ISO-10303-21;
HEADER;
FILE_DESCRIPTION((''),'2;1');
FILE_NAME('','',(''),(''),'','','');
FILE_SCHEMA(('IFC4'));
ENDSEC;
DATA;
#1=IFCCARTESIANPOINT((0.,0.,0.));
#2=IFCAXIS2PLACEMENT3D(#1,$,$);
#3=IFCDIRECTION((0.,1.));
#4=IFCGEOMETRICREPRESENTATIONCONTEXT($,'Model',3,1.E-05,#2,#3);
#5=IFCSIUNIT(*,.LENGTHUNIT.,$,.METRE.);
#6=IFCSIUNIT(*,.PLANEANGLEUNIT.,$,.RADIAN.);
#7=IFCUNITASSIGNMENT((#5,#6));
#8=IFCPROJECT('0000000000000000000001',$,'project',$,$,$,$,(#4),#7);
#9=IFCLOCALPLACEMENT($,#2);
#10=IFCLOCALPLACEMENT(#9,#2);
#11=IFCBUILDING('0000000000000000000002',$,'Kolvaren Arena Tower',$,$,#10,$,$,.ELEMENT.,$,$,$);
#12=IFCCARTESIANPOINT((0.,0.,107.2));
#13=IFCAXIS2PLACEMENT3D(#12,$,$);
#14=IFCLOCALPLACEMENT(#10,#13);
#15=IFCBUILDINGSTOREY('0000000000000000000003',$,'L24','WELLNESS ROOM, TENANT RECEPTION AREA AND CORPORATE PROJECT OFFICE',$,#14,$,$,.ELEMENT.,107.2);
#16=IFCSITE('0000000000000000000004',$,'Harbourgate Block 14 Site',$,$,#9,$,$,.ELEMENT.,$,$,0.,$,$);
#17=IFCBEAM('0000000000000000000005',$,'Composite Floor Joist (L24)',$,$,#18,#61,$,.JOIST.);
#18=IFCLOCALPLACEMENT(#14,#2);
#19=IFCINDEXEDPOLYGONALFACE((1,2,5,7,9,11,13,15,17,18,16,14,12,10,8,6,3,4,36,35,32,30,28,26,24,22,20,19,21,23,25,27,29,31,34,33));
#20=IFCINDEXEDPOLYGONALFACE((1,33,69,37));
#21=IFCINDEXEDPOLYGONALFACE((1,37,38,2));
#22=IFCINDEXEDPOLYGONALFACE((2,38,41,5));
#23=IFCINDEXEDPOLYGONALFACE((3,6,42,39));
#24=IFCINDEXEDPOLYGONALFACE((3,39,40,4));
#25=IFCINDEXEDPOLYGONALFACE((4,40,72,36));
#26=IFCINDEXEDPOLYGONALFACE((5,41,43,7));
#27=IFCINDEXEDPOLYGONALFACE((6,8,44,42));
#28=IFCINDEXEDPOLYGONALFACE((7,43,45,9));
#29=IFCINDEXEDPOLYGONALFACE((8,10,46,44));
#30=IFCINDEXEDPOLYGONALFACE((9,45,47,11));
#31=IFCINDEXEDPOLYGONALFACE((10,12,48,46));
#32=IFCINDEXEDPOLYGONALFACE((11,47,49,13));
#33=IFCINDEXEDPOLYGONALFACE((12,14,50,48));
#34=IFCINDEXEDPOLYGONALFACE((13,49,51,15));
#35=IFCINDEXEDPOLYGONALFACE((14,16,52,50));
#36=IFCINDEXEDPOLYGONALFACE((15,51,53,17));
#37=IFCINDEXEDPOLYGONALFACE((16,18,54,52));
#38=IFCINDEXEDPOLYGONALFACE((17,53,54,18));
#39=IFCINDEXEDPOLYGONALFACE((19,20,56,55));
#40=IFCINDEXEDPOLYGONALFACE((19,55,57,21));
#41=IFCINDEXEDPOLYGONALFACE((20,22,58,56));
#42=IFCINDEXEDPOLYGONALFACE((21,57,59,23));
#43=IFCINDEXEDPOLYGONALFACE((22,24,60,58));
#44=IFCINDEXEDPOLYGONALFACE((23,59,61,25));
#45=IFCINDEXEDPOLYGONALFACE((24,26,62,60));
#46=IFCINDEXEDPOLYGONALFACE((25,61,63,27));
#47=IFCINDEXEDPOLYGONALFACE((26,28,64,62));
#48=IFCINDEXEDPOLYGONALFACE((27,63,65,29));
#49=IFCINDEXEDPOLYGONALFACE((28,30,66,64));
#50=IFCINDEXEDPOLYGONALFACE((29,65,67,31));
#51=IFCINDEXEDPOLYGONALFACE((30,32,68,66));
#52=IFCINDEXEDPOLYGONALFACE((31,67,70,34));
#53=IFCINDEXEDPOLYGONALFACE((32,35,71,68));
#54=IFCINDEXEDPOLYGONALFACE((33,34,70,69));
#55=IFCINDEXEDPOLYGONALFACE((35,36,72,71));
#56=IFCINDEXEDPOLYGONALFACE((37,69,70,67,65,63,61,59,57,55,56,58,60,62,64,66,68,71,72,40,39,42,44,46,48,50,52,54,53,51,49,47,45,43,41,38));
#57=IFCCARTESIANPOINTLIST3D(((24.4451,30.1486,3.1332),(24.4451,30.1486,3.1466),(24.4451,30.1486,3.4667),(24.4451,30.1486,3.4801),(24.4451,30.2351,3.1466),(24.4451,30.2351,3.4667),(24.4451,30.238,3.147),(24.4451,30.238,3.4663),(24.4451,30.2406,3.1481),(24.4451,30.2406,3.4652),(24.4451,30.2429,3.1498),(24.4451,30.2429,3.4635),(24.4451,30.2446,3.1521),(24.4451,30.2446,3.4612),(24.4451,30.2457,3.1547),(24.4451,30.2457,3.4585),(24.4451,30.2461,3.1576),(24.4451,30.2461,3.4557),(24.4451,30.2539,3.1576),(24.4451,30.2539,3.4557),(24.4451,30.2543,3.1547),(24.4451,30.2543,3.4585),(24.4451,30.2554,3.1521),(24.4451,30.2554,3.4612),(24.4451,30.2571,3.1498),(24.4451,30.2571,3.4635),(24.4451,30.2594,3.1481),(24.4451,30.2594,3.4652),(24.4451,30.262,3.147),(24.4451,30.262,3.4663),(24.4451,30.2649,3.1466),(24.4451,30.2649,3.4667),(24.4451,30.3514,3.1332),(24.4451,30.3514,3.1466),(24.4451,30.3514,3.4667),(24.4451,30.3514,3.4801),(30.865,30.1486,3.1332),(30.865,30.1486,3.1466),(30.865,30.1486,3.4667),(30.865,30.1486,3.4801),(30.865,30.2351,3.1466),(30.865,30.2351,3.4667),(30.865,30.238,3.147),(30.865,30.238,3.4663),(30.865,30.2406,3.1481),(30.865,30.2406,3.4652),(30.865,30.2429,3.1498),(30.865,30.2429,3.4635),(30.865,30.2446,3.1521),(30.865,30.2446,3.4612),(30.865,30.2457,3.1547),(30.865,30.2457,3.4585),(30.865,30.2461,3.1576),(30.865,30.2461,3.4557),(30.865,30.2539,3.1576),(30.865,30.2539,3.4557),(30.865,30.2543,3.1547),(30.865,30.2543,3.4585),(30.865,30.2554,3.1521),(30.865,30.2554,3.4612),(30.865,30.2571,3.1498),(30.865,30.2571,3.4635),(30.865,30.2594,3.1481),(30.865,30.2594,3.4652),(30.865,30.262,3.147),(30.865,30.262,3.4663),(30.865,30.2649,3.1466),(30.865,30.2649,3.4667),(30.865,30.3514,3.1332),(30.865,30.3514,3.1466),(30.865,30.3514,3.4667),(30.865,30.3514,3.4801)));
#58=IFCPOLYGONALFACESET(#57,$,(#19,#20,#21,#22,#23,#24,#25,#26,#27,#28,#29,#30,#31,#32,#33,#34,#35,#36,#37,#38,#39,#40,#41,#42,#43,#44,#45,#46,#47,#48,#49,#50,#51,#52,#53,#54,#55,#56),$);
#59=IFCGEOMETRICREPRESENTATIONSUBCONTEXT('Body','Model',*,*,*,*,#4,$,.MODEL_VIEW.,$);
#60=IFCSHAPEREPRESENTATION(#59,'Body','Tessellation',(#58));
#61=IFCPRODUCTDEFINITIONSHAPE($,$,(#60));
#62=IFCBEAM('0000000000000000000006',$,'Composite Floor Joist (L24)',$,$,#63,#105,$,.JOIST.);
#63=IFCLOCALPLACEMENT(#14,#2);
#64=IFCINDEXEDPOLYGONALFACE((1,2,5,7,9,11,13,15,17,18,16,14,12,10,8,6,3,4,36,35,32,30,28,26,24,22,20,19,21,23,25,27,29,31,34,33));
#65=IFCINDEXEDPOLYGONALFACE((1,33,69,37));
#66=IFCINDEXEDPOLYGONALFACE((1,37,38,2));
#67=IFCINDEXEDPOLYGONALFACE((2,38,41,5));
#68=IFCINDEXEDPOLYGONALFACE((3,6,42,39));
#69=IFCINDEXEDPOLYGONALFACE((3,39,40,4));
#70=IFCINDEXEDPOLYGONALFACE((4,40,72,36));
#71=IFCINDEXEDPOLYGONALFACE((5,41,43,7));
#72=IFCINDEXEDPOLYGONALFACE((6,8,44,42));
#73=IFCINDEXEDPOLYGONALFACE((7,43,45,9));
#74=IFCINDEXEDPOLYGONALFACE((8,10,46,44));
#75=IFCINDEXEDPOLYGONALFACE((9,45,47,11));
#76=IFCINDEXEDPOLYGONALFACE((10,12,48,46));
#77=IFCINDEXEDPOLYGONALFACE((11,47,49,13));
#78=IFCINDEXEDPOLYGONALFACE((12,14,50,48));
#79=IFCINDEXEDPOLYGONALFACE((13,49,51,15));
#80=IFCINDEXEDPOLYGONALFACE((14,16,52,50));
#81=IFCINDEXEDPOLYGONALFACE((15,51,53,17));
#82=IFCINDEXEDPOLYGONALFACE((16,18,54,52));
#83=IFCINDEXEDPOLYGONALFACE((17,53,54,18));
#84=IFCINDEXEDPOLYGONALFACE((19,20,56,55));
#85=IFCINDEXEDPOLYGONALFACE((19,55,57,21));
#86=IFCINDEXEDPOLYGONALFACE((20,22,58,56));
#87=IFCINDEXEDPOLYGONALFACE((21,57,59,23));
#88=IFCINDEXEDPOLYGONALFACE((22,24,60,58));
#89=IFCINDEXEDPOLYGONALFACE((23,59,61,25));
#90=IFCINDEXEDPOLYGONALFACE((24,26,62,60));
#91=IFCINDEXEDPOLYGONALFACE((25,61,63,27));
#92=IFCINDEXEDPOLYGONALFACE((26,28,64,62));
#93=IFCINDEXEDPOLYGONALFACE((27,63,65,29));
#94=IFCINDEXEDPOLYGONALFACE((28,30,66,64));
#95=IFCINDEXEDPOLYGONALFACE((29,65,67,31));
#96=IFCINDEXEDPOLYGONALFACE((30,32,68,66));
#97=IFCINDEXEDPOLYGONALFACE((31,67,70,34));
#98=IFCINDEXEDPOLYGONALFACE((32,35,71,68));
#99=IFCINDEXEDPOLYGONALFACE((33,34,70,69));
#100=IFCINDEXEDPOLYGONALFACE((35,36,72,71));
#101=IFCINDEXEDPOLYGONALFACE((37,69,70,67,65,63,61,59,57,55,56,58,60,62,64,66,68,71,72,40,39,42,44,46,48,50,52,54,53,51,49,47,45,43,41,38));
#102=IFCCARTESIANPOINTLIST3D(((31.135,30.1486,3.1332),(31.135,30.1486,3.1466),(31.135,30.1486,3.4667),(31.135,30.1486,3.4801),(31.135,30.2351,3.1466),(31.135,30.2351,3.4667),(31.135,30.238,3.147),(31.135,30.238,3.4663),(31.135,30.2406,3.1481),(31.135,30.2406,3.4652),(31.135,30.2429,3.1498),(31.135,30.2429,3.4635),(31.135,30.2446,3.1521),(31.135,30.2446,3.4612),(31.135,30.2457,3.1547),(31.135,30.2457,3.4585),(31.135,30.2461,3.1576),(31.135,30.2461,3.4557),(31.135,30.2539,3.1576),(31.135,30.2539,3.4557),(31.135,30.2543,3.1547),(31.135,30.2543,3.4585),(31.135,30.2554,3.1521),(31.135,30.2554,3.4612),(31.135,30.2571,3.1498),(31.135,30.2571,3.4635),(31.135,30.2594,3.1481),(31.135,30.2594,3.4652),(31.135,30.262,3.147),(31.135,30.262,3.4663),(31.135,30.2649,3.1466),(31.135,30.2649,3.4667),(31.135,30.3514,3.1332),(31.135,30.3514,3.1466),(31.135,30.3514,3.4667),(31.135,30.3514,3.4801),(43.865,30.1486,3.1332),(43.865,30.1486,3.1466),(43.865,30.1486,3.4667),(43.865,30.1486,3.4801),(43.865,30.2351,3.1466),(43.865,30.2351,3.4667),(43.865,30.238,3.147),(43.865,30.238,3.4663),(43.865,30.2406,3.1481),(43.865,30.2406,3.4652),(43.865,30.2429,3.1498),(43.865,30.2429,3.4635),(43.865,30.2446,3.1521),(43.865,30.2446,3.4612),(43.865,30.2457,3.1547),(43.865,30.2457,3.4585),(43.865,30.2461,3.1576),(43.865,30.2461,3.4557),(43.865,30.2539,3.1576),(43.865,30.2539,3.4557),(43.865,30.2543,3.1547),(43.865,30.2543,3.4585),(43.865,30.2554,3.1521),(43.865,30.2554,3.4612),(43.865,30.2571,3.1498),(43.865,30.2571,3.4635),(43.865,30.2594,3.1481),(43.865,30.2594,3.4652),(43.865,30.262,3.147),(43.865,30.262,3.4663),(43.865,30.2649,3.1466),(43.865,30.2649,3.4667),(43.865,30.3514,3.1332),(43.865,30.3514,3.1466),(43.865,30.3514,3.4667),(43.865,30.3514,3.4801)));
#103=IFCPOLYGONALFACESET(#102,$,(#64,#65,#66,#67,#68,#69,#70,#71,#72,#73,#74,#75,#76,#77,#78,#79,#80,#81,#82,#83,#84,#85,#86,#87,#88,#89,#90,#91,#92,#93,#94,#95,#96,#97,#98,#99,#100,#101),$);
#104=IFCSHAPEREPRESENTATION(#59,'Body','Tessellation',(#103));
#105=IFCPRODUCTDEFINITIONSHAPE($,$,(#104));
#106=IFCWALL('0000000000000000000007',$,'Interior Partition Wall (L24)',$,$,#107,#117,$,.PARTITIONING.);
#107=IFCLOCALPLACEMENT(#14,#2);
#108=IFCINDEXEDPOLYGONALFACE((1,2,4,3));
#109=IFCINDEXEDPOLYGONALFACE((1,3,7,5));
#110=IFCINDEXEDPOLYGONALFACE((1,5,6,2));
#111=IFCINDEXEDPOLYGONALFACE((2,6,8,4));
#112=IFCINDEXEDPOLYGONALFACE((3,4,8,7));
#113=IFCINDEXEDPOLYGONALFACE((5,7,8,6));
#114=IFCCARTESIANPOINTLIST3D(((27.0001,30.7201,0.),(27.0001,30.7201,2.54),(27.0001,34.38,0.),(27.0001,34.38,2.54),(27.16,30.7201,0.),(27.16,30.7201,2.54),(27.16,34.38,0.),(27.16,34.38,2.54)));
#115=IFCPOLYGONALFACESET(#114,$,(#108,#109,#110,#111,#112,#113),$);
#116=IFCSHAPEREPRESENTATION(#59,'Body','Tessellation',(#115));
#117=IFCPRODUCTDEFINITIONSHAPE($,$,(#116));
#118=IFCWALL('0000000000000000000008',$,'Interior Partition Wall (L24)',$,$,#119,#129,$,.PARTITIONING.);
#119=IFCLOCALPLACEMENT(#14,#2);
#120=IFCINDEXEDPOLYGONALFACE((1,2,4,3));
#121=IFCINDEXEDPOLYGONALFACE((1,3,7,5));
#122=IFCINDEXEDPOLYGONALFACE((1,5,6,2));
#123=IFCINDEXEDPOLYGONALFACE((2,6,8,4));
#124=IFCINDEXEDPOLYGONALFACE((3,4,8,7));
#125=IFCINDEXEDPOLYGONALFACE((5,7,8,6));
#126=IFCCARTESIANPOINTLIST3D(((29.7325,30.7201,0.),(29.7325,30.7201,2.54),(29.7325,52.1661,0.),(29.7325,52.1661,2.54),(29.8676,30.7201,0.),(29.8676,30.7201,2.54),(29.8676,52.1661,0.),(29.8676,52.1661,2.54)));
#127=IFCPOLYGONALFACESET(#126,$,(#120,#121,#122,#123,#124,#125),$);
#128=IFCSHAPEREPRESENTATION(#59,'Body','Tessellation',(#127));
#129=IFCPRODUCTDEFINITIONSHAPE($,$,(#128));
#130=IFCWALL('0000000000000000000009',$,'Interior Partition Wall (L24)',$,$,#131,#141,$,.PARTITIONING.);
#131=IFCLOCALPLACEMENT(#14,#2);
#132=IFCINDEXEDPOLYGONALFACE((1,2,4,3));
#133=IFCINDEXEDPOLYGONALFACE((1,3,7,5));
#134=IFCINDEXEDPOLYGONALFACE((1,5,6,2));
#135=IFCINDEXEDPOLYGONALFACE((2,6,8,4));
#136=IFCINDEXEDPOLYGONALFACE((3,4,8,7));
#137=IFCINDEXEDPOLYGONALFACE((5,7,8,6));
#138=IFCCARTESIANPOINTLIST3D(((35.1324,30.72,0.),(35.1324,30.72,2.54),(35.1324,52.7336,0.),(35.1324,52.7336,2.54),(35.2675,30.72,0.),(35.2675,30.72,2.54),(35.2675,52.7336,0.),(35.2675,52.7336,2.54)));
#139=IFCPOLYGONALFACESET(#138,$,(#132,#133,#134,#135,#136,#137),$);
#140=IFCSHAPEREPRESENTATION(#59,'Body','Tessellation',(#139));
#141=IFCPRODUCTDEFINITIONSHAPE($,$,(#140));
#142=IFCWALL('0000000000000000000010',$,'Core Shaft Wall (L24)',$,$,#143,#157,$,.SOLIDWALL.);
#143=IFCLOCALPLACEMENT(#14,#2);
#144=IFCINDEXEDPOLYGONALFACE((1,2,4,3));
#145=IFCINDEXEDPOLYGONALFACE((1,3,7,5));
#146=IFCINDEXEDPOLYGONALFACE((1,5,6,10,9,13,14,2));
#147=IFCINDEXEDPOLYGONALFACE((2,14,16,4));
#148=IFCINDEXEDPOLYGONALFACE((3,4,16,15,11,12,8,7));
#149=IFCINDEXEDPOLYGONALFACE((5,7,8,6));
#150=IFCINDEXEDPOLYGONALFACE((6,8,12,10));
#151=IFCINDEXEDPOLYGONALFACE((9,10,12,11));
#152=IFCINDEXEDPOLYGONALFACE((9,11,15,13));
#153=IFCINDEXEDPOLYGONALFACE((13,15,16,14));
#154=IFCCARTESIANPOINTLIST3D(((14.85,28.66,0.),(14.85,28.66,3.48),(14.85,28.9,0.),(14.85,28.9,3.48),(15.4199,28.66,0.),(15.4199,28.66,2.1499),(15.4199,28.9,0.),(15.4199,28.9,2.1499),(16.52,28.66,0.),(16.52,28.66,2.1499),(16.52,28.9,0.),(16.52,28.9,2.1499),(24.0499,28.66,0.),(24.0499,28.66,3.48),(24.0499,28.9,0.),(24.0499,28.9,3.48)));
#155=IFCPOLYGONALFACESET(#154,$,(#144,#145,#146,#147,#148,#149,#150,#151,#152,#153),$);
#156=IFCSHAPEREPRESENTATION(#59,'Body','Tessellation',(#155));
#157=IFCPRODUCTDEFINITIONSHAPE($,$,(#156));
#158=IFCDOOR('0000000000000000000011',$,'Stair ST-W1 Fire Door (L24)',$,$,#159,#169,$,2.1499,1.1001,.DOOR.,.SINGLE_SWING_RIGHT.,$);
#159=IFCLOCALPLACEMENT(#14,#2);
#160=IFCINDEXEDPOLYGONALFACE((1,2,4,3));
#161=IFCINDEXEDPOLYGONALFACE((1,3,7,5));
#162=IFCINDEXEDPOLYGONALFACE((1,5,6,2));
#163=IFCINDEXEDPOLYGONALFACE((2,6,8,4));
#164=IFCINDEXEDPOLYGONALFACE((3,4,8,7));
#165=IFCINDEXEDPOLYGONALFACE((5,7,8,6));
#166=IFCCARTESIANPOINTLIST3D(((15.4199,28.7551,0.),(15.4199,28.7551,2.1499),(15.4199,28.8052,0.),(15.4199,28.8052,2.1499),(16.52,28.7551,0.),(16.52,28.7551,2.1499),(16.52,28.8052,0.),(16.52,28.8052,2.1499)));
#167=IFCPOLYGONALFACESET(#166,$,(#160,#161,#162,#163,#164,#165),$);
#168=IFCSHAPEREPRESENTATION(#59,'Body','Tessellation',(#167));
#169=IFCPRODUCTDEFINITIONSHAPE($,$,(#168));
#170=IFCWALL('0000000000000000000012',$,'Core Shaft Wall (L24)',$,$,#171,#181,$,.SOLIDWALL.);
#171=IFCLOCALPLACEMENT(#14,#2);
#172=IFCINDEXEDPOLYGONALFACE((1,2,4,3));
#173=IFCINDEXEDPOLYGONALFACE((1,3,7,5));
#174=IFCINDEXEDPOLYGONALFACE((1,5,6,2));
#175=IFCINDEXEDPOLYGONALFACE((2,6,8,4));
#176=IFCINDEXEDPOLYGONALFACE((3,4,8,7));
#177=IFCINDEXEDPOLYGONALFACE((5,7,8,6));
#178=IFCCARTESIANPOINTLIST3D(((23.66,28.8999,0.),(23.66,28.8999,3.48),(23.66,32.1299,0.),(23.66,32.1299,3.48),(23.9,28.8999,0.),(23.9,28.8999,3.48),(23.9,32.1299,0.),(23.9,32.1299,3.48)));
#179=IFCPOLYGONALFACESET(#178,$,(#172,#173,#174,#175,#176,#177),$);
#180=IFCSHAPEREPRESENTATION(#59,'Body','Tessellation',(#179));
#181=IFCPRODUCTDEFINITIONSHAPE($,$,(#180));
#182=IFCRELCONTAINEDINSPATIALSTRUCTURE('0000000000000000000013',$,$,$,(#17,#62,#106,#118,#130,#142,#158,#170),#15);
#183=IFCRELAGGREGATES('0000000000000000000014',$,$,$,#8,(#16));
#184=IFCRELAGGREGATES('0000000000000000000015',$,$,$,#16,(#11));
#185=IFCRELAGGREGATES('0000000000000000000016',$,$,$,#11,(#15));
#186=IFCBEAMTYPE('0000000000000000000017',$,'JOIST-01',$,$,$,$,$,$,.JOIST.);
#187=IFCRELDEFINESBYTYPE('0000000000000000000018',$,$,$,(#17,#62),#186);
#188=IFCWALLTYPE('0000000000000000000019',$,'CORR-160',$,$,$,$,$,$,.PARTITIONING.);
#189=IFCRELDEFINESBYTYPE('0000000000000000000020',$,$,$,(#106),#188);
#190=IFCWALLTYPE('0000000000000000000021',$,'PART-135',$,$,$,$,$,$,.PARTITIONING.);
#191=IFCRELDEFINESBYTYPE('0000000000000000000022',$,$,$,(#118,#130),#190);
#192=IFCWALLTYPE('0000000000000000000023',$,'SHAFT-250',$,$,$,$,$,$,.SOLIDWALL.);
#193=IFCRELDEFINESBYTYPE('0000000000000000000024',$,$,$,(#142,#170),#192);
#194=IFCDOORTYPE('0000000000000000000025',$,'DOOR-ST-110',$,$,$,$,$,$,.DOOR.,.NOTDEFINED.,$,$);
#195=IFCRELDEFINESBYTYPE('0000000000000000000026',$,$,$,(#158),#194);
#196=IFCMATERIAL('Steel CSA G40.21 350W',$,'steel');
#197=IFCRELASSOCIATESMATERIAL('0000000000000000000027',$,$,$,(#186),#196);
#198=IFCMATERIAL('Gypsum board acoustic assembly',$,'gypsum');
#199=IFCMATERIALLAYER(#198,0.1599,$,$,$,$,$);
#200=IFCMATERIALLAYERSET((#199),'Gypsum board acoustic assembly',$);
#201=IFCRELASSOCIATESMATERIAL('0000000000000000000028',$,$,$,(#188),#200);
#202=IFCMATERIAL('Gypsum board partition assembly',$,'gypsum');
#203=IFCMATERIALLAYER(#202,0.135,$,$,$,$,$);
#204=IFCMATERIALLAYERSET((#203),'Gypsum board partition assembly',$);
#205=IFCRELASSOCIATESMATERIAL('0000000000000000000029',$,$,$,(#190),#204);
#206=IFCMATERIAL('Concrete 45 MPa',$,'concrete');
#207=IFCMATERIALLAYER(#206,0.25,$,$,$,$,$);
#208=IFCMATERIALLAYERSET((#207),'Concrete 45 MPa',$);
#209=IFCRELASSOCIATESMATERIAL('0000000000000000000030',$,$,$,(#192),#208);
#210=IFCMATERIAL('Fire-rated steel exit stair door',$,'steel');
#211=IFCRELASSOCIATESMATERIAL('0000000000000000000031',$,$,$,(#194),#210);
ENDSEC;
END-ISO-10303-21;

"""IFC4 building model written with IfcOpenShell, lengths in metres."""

from ifc_helpers import new_model, si_unit, direction, frame, frame_2d, origin, origin_2d, place, context, subcontext, project, spatial, rectangle, i_section, extrude, material, layer, layer_set, material_profile, profile_set, type_object, element, fill, save


model = new_model("IFC4")

# Units and contexts
model_context = context("Model", 3, precision=1e-05, world=origin(), true_north=direction((0.0, 1.0)))
body_context = subcontext(model_context, "Body", "Model", "MODEL_VIEW")
ifc_project = project(units=[si_unit("LENGTHUNIT", "METRE"), si_unit("PLANEANGLEUNIT", "RADIAN")], contexts=[model_context])

# Site, building, storey
site_placement = place(None, origin())
site = spatial("IfcSite", under=ifc_project, at=site_placement, Name="Harbourgate Block 14 Site", CompositionType="ELEMENT", RefElevation=0.0)
building_placement = place(site_placement, origin())
building = spatial("IfcBuilding", under=site, at=building_placement, Name="Kolvaren Arena Tower", CompositionType="ELEMENT")
storey_placement = place(building_placement, frame((0.0, 0.0, 107.2)))
storey = spatial("IfcBuildingStorey", under=building, at=storey_placement, Name="L24", Description="WELLNESS ROOM, TENANT RECEPTION AREA AND CORPORATE PROJECT OFFICE", CompositionType="ELEMENT", Elevation=107.2)

# Beams
ifc_material_1 = material(Name="Steel CSA G40.21 350W", Category="steel")
ifc_material_profile_1 = material_profile(ifc_material_1, i_section(OverallWidth=0.2029, OverallDepth=0.3469, WebThickness=0.0078, FlangeThickness=0.0134, FilletRadius=0.011, at=origin_2d()), Name="W360x64")
ifc_profile_set_1 = profile_set([ifc_material_profile_1], Name="Steel CSA G40.21 350W")
beam_type_1 = type_object("IfcBeamType", Name="JOIST-01", PredefinedType="JOIST", material=ifc_profile_set_1)
for number, where, z_axis, x_axis, name in (
    (1, (24.4451, 30.25, 3.3066), (1.0, 0.0, 0.0), (0.0, 1.0, 0.0), "Composite Floor Joist (L24)"),
):
    element("IfcBeam", number, at=place(storey_placement, frame(where, z_axis=z_axis, x_axis=x_axis)), inside=storey, type_object=beam_type_1, Name=name, PredefinedType="JOIST", context=body_context, shape_type="SweptSolid", body=[
        extrude(i_section(OverallWidth=0.2029, OverallDepth=0.3469, WebThickness=0.0078, FlangeThickness=0.0134, FilletRadius=0.011, at=origin_2d()), origin(), (0.0, 0.0, 1.0), 6.4199),
    ])
beam_1_placement = place(storey_placement, frame((31.135, 30.25, 3.3066), z_axis=(1.0, 0.0, 0.0), x_axis=(0.0, 1.0, 0.0)))
element("IfcBeam", 2, at=beam_1_placement, inside=storey, type_object=beam_type_1, Name="Composite Floor Joist (L24)", PredefinedType="JOIST", context=body_context, shape_type="SweptSolid", body=[
    extrude(i_section(OverallWidth=0.2029, OverallDepth=0.3469, WebThickness=0.0078, FlangeThickness=0.0134, FilletRadius=0.011, at=origin_2d()), origin(), (0.0, 0.0, 1.0), 12.73),
])

# Shared definitions
ifc_material_2 = material(Name="Gypsum board acoustic assembly", Category="gypsum")
ifc_layer_1 = layer(ifc_material_2, 0.1599)
ifc_layer_set_1 = layer_set([ifc_layer_1], Name="Gypsum board acoustic assembly")
wall_type_1 = type_object("IfcWallType", Name="CORR-160", PredefinedType="PARTITIONING", material=ifc_layer_set_1)

# Wall
wall_1_placement = place(storey_placement, frame((27.0801, 30.72, 0.0), z_axis=(0.0, 0.0, 1.0), x_axis=(0.0, 1.0, 0.0)))
element("IfcWall", 3, at=wall_1_placement, inside=storey, type_object=wall_type_1, Name="Interior Partition Wall (L24)", PredefinedType="PARTITIONING", context=body_context, shape_type="SweptSolid", body=[
    extrude(rectangle(XDim=3.6599, YDim=0.1599, at=frame_2d((1.8301, 0.0))), origin(), (0.0, 0.0, 1.0), 2.54),
])

# Walls
ifc_material_3 = material(Name="Gypsum board partition assembly", Category="gypsum")
ifc_layer_2 = layer(ifc_material_3, 0.135)
ifc_layer_set_2 = layer_set([ifc_layer_2], Name="Gypsum board partition assembly")
wall_type_2 = type_object("IfcWallType", Name="PART-135", PredefinedType="PARTITIONING", material=ifc_layer_set_2)
wall_2_placement = place(storey_placement, frame((29.8, 30.72, 0.0), z_axis=(0.0, 0.0, 1.0), x_axis=(0.0, 1.0, 0.0)))
element("IfcWall", 4, at=wall_2_placement, inside=storey, type_object=wall_type_2, Name="Interior Partition Wall (L24)", PredefinedType="PARTITIONING", context=body_context, shape_type="SweptSolid", body=[
    extrude(rectangle(XDim=21.446, YDim=0.135, at=frame_2d((10.7231, 0.0))), origin(), (0.0, 0.0, 1.0), 2.54),
])
wall_3_placement = place(storey_placement, frame((35.2, 30.72, 0.0), z_axis=(0.0, 0.0, 1.0), x_axis=(0.0, 1.0, 0.0)))
element("IfcWall", 5, at=wall_3_placement, inside=storey, type_object=wall_type_2, Name="Interior Partition Wall (L24)", PredefinedType="PARTITIONING", context=body_context, shape_type="SweptSolid", body=[
    extrude(rectangle(XDim=22.0137, YDim=0.135, at=frame_2d((11.0068, 0.0))), origin(), (0.0, 0.0, 1.0), 2.54),
])

# Wall, opening, door
ifc_material_4 = material(Name="Concrete 45 MPa", Category="concrete")
ifc_layer_3 = layer(ifc_material_4, 0.25)
ifc_layer_set_3 = layer_set([ifc_layer_3], Name="Concrete 45 MPa")
wall_type_3 = type_object("IfcWallType", Name="SHAFT-250", PredefinedType="SOLIDWALL", material=ifc_layer_set_3)
wall_4_placement = place(storey_placement, frame((24.05, 28.78, 0.0), z_axis=(0.0, 0.0, 1.0), x_axis=(-1.0, 0.0, 0.0)))
wall_4 = element("IfcWall", 6, at=wall_4_placement, inside=storey, type_object=wall_type_3, Name="Core Shaft Wall (L24)", PredefinedType="SOLIDWALL", context=body_context, shape_type="SweptSolid", body=[
    extrude(rectangle(XDim=9.2, YDim=0.24, at=frame_2d((4.6001, 0.0))), origin(), (0.0, 0.0, 1.0), 3.48),
])
opening_1_placement = place(wall_4_placement, frame((7.53, 0.0, 0.0)))
opening_1 = element("IfcOpeningElement", 7, at=opening_1_placement, cuts=wall_4, PredefinedType="OPENING", context=body_context, shape_type="SweptSolid", body=[
    extrude(rectangle(XDim=1.1001, YDim=2.1499, at=frame_2d((0.55, 1.075))), frame((0.0, 0.1299, 0.0), z_axis=(0.0, -1.0, 0.0), x_axis=(1.0, 0.0, 0.0)), (0.0, 0.0, 1.0), 0.26),
])
ifc_material_5 = material(Name="Fire-rated steel exit stair door", Category="steel")
door_type_1 = type_object("IfcDoorType", Name="DOOR-ST-110", OperationType="NOTDEFINED", PredefinedType="DOOR", material=ifc_material_5)
door_1_placement = place(opening_1_placement, origin())
door_1 = element("IfcDoor", 8, at=door_1_placement, inside=storey, type_object=door_type_1, Name="Stair ST-W1 Fire Door (L24)", OperationType="SINGLE_SWING_RIGHT", OverallHeight=2.1499, OverallWidth=1.1001, PredefinedType="DOOR", context=body_context, shape_type="SweptSolid", body=[
    extrude(rectangle(XDim=1.1001, YDim=2.1499, at=frame_2d((0.55, 1.075))), frame((0.0, 0.0249, 0.0), z_axis=(0.0, -1.0, 0.0), x_axis=(1.0, 0.0, 0.0)), (0.0, 0.0, 1.0), 0.05),
])
fill(opening_1, door_1)

# Wall
wall_5_placement = place(storey_placement, frame((23.78, 28.8999, 0.0), z_axis=(0.0, 0.0, 1.0), x_axis=(0.0, 1.0, 0.0)))
element("IfcWall", 9, at=wall_5_placement, inside=storey, type_object=wall_type_3, Name="Core Shaft Wall (L24)", PredefinedType="SOLIDWALL", context=body_context, shape_type="SweptSolid", body=[
    extrude(rectangle(XDim=3.23, YDim=0.24, at=frame_2d((1.615, 0.0))), origin(), (0.0, 0.0, 1.0), 3.48),
])

save(model, "model.ifc")
